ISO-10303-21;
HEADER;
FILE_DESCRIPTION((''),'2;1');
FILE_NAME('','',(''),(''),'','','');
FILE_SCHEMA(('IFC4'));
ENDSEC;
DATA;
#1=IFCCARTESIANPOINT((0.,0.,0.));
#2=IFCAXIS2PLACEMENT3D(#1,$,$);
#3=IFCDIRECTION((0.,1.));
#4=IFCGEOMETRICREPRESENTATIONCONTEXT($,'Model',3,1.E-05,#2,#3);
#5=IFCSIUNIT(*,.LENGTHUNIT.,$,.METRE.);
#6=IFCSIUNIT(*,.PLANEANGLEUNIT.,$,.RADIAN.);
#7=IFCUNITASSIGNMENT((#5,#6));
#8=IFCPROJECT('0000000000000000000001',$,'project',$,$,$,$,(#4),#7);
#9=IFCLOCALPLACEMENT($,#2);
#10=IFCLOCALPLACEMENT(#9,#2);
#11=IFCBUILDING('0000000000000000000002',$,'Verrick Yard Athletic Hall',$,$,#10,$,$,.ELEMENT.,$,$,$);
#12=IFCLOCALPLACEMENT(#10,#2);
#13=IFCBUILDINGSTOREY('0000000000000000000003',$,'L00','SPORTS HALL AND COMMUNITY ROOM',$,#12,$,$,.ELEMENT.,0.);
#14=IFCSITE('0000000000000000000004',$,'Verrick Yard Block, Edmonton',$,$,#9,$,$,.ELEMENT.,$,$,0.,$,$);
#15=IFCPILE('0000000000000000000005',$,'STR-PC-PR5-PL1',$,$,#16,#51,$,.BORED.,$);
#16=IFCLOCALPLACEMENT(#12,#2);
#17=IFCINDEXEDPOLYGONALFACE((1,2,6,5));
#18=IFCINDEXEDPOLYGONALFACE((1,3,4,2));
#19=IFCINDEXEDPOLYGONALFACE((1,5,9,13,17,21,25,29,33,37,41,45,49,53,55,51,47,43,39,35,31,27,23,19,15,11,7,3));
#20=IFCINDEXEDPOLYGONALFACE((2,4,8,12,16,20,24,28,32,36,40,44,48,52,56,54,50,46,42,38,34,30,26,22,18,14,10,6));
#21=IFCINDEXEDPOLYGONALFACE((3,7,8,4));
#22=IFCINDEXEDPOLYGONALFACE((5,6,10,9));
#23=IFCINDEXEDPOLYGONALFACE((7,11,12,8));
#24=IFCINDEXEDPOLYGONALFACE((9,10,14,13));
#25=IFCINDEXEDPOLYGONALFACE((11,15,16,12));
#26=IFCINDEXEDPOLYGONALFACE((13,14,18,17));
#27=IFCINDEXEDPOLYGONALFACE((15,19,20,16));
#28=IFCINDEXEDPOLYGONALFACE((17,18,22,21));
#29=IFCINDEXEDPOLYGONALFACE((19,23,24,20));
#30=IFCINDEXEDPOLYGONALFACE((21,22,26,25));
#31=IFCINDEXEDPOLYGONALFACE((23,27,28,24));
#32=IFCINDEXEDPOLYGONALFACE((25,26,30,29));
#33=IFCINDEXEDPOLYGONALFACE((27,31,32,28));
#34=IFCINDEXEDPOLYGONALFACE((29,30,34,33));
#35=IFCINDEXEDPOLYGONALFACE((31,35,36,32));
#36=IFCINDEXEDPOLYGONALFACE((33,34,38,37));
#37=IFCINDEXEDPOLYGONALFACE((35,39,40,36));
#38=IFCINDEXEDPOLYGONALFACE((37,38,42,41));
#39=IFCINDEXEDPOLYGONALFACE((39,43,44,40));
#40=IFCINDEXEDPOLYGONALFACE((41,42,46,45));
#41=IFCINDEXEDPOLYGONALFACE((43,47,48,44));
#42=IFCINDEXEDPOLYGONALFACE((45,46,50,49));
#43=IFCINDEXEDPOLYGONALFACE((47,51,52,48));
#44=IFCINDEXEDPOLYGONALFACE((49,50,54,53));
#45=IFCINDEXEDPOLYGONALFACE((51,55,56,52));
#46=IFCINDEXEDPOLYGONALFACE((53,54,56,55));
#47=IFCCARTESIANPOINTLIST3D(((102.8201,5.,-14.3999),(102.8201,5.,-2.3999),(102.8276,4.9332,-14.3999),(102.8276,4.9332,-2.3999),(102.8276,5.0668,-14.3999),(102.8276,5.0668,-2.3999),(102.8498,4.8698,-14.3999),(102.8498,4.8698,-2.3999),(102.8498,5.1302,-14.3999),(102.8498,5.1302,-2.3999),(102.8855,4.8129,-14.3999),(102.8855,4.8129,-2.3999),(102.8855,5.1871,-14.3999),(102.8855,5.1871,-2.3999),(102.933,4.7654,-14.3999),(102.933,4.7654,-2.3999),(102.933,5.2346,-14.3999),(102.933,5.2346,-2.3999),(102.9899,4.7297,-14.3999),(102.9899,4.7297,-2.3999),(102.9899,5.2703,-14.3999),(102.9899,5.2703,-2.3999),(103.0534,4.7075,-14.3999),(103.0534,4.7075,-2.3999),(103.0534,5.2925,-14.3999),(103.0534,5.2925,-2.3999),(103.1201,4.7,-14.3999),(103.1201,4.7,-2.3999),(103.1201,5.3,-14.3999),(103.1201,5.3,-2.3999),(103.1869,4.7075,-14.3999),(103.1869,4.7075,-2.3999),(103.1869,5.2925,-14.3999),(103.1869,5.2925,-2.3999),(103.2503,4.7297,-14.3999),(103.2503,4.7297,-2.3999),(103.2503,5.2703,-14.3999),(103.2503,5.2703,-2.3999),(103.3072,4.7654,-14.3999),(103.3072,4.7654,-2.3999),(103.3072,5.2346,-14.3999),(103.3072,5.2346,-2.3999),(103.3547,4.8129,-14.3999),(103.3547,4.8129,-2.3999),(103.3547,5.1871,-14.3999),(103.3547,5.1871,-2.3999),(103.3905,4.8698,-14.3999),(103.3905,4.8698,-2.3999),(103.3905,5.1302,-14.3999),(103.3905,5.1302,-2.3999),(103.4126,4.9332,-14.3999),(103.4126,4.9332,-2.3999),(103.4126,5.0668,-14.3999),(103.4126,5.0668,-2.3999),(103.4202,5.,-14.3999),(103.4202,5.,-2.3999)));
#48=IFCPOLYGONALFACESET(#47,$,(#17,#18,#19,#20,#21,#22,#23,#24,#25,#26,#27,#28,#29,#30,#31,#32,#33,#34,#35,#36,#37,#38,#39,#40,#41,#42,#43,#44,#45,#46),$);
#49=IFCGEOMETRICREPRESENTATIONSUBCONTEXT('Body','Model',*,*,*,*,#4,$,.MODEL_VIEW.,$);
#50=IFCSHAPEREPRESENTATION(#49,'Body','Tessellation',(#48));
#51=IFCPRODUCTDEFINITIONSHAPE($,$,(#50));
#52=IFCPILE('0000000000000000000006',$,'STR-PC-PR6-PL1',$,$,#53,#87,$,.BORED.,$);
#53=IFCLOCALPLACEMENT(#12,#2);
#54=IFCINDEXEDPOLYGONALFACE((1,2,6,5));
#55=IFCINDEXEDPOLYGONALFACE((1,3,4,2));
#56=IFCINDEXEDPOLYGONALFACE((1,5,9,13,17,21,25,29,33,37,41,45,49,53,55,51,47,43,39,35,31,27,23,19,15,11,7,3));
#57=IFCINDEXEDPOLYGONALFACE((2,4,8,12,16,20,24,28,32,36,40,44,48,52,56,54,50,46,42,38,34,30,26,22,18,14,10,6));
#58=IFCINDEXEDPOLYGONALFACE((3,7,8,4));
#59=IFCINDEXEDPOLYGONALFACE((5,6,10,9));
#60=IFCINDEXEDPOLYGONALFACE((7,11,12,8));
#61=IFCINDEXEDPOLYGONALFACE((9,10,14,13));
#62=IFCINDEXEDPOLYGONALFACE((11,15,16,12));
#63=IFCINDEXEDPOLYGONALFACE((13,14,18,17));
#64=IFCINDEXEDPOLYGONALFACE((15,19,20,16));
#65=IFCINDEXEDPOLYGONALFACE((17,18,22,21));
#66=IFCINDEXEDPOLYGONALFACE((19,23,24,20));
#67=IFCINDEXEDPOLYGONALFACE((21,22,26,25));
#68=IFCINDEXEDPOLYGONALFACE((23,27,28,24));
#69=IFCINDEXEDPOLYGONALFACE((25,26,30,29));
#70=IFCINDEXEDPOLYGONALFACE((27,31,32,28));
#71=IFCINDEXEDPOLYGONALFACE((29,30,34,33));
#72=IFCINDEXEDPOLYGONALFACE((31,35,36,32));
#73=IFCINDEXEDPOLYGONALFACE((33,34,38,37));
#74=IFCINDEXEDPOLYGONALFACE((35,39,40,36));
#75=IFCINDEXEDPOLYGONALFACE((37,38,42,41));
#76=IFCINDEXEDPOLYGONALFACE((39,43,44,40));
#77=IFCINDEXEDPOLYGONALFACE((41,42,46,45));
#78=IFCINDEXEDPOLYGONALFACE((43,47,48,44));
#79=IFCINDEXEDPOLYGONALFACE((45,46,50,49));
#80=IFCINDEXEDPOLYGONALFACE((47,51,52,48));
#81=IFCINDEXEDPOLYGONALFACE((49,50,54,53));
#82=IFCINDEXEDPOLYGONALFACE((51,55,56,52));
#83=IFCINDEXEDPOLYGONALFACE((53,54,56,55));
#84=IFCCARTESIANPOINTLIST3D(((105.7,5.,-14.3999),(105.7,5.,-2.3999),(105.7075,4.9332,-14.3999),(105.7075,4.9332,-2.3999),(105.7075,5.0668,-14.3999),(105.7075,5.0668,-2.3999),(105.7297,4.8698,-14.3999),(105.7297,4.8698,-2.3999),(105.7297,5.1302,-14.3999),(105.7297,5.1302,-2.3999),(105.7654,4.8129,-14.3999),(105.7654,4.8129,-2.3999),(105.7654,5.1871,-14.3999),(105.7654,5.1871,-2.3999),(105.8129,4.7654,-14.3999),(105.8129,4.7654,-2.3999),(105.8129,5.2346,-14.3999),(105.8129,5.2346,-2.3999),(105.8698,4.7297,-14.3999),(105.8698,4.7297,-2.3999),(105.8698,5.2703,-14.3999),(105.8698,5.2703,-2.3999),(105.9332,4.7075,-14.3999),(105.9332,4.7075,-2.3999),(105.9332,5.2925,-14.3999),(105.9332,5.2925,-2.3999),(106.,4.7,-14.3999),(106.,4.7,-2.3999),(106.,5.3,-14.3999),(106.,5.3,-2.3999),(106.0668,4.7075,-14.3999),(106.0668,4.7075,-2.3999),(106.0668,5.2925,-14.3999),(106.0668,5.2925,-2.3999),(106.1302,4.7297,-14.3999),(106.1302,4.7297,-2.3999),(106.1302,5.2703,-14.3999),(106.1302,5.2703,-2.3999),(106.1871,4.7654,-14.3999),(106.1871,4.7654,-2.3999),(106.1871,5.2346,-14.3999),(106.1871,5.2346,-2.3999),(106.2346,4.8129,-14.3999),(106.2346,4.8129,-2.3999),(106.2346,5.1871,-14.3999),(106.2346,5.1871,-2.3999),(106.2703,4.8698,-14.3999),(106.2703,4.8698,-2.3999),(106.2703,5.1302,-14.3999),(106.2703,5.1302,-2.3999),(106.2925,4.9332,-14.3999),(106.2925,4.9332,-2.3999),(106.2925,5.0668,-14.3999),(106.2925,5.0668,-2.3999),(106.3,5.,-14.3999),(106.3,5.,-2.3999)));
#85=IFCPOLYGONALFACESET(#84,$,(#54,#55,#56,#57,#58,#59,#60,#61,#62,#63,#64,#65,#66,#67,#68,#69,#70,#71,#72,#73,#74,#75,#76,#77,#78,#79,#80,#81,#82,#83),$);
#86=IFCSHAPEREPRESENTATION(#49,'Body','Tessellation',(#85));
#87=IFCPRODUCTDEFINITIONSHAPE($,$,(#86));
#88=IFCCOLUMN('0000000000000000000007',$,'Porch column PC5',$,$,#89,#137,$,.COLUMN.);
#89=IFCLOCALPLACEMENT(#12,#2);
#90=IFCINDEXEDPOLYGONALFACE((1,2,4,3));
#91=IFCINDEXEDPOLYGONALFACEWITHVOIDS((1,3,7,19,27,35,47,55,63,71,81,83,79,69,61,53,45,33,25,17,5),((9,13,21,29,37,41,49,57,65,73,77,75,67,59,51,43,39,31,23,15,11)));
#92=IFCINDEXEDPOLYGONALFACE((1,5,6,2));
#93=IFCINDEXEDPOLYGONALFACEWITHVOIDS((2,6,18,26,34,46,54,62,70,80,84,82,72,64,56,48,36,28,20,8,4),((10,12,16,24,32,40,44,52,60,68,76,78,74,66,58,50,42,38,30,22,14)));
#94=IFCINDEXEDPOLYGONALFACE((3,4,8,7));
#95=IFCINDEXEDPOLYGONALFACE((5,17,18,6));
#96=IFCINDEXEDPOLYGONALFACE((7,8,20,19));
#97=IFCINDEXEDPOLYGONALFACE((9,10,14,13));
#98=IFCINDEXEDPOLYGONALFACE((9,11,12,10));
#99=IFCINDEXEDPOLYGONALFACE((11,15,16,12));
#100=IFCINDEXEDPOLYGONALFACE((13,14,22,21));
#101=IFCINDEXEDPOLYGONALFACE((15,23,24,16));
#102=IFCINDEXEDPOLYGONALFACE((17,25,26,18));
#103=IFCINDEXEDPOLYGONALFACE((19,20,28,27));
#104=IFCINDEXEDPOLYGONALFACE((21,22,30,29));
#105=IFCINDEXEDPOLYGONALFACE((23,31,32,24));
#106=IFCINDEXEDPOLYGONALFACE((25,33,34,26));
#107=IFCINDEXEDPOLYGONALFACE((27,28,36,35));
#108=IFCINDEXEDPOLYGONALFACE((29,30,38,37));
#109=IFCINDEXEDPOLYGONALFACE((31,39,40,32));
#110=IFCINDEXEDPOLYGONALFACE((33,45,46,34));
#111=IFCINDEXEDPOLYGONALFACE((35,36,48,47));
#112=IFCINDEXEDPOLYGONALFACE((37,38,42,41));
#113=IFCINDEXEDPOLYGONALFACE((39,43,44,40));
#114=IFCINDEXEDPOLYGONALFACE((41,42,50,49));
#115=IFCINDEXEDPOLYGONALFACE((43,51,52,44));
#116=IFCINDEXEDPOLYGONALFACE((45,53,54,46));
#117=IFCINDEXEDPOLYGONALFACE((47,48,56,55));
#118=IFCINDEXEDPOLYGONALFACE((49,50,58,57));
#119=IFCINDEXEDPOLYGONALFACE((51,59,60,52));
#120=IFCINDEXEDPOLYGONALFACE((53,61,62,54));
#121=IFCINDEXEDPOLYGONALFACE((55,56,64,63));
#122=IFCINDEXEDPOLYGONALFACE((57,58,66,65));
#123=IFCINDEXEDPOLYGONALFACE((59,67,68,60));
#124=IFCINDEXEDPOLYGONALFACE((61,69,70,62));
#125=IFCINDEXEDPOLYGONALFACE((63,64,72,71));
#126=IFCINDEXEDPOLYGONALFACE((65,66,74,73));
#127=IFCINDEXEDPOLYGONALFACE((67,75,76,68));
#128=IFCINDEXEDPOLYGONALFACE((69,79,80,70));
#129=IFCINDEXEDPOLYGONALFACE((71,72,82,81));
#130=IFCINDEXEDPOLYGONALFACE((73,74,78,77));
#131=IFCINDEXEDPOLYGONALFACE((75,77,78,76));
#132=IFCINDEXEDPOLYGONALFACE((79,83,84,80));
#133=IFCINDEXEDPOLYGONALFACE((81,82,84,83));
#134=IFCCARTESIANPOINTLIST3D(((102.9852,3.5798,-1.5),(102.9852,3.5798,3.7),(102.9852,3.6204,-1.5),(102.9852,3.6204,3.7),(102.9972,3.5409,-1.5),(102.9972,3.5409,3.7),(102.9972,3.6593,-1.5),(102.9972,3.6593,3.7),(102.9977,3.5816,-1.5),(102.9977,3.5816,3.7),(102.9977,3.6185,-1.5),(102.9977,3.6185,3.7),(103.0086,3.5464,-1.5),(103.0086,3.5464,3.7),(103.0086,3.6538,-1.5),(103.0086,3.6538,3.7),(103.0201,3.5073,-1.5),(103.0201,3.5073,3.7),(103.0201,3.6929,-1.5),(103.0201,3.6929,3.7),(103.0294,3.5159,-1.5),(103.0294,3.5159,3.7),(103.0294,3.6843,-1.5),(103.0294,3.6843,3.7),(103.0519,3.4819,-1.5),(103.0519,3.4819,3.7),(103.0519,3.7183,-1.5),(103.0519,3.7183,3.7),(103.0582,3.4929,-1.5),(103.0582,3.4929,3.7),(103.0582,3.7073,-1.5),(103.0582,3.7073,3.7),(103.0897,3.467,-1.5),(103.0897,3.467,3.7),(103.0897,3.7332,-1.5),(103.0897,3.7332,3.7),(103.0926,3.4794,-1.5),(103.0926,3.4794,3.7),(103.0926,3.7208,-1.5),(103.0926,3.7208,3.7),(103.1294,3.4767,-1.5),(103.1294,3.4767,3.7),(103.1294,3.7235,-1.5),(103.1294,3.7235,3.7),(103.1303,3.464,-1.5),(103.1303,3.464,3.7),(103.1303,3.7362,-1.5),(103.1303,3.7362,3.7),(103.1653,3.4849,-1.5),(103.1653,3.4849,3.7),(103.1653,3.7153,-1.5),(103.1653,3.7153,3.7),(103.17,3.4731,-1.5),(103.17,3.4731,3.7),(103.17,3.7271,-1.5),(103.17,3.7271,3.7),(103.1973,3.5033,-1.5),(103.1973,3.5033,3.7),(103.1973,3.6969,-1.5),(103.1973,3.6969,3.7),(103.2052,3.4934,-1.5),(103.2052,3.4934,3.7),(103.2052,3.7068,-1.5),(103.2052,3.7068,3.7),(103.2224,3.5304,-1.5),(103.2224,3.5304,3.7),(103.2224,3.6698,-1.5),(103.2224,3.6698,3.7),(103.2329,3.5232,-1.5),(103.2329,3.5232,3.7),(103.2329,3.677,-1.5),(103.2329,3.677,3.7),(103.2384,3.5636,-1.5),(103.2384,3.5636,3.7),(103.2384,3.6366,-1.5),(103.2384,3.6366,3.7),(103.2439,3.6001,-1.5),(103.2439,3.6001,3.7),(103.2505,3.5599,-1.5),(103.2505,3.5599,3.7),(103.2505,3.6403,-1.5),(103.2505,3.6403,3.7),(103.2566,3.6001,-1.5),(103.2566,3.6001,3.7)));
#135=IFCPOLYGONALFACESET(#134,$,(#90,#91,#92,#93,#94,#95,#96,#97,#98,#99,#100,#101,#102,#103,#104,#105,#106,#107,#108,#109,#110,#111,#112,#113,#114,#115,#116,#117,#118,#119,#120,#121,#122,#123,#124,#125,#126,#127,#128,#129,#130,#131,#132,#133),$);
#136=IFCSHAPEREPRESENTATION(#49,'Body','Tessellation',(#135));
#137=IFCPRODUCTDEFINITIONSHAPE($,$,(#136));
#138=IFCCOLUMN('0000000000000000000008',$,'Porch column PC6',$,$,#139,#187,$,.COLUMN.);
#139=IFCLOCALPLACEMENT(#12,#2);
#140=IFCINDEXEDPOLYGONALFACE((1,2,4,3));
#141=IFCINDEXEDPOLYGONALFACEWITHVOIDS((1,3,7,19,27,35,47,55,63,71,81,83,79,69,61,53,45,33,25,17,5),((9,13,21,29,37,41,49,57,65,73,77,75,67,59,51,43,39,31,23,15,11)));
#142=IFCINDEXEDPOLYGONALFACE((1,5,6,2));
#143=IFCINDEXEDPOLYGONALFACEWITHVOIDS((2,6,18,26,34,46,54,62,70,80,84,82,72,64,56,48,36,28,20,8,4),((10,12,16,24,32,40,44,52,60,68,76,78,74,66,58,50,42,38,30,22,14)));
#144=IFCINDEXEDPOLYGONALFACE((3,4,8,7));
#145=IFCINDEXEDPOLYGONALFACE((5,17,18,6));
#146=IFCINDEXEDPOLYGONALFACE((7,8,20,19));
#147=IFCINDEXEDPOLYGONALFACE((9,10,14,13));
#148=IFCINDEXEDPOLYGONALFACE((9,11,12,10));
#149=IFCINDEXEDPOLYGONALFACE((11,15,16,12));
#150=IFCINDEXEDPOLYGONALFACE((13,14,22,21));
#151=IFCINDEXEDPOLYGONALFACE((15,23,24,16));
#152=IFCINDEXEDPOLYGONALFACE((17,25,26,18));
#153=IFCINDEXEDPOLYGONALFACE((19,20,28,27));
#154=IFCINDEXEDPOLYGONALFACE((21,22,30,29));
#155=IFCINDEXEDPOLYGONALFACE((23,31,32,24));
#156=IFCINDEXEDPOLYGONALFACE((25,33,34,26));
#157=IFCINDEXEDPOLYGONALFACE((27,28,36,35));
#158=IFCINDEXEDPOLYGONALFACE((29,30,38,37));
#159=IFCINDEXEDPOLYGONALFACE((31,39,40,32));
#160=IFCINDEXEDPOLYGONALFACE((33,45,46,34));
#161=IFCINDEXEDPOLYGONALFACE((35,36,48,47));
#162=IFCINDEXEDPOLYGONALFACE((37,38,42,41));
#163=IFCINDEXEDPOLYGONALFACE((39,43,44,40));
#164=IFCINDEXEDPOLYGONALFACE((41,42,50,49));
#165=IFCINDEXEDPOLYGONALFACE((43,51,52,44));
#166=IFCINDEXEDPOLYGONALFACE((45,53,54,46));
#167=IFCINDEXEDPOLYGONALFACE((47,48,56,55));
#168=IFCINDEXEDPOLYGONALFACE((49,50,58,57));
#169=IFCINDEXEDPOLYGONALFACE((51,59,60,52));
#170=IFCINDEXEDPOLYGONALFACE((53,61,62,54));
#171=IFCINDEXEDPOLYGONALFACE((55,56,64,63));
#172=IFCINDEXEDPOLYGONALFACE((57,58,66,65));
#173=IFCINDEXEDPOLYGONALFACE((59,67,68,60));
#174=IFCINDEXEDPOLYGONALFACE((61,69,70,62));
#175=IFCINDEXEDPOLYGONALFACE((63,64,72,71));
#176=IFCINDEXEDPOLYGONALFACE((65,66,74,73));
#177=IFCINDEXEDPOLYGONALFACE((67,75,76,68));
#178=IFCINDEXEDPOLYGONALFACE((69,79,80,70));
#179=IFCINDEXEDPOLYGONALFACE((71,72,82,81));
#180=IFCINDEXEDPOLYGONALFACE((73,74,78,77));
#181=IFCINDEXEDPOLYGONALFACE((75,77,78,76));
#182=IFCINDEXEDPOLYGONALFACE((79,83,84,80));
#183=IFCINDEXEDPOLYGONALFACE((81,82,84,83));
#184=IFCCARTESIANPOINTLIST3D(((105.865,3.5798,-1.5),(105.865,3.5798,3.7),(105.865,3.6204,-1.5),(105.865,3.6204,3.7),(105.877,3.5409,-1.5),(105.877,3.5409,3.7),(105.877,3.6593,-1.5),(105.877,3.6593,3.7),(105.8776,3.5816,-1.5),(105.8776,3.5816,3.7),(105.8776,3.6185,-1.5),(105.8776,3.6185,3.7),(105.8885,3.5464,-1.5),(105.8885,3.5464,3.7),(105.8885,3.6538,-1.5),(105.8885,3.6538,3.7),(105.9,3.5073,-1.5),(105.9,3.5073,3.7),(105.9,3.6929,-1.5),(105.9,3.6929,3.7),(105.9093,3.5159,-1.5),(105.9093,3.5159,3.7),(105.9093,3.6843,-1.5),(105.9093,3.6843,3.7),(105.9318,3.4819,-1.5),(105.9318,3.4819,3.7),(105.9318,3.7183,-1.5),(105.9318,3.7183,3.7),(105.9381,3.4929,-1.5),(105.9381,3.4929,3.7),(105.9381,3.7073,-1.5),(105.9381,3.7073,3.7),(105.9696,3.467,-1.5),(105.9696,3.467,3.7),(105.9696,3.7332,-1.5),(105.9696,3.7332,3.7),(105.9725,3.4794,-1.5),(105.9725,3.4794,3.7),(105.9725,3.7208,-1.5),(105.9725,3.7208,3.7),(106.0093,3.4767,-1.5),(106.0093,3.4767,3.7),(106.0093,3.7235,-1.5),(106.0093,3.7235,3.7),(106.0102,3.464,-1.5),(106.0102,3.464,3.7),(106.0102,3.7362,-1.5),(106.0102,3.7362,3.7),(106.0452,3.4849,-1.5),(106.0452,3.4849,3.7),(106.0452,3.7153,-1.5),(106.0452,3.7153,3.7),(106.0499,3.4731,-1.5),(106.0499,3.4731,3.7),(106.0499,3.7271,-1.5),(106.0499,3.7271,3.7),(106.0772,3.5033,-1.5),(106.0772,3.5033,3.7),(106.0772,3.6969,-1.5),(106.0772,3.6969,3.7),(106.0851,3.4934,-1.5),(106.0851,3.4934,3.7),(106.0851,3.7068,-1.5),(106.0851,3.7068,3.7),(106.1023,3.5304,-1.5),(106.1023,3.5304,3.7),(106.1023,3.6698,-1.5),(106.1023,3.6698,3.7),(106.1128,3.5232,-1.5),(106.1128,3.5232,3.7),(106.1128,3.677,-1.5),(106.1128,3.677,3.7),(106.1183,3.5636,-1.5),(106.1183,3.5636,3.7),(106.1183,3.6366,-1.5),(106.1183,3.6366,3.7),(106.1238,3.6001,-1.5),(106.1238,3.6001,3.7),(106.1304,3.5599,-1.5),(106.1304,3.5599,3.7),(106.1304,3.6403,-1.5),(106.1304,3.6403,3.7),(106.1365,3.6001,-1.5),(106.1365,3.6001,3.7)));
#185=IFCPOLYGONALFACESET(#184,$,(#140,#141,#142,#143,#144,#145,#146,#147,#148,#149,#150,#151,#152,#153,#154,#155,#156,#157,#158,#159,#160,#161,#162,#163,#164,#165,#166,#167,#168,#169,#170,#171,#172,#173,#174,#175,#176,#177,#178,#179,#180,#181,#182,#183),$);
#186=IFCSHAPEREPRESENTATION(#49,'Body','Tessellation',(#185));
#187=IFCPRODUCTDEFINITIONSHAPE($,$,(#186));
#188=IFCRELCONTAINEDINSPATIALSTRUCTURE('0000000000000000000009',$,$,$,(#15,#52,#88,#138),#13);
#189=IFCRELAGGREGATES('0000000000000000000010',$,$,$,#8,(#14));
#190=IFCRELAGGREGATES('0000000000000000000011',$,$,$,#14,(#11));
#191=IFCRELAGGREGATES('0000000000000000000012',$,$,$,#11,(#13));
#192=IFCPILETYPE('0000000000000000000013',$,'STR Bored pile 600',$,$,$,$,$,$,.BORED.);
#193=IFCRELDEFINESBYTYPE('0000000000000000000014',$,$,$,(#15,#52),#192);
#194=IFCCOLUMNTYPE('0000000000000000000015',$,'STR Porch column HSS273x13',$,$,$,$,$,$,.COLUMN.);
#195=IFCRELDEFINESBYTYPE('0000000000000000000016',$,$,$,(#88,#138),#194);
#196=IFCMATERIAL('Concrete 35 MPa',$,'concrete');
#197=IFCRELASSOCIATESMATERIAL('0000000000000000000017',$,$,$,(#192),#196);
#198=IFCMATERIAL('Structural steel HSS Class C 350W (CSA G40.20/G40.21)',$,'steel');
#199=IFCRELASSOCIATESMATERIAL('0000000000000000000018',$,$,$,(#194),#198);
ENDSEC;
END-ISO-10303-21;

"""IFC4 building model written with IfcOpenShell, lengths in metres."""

from ifc_helpers import new_model, si_unit, direction, frame, origin, origin_2d, place, context, subcontext, project, spatial, circle, hollow_circle, extrude, material, material_profile, profile_set, type_object, element, save


model = new_model("IFC4")

# Units and contexts
model_context = context("Model", 3, precision=1e-05, world=origin(), true_north=direction((0.0, 1.0)))
body_context = subcontext(model_context, "Body", "Model", "MODEL_VIEW")
ifc_project = project(units=[si_unit("LENGTHUNIT", "METRE"), si_unit("PLANEANGLEUNIT", "RADIAN")], contexts=[model_context])

# Site, building, storey
site_placement = place(None, origin())
site = spatial("IfcSite", under=ifc_project, at=site_placement, Name="Verrick Yard Block, Edmonton", CompositionType="ELEMENT", RefElevation=0.0)
building_placement = place(site_placement, origin())
building = spatial("IfcBuilding", under=site, at=building_placement, Name="Verrick Yard Athletic Hall", CompositionType="ELEMENT")
storey_placement = place(building_placement, origin())
storey = spatial("IfcBuildingStorey", under=building, at=storey_placement, Name="L00", Description="SPORTS HALL AND COMMUNITY ROOM", CompositionType="ELEMENT", Elevation=0.0)

# Piles
ifc_material_1 = material(Name="Concrete 35 MPa", Category="concrete")
pile_type = type_object("IfcPileType", Name="STR Bored pile 600", PredefinedType="BORED", material=ifc_material_1)
for number, where, z_axis, x_axis, name in (
    (1, (103.1201, 5.0, -2.3999), (0.0, 0.0, -1.0), (1.0, 0.0, 0.0), "STR-PC-PR5-PL1"),
    (2, (106.0, 5.0, -2.3999), (0.0, 0.0, -1.0), (1.0, 0.0, 0.0), "STR-PC-PR6-PL1"),
):
    element("IfcPile", number, at=place(storey_placement, frame(where, z_axis=z_axis, x_axis=x_axis)), inside=storey, type_object=pile_type, Name=name, PredefinedType="BORED", context=body_context, shape_type="SweptSolid", body=[
        extrude(circle(Radius=0.3, at=origin_2d()), origin(), (0.0, 0.0, 1.0), 12.0),
    ])

# Columns
ifc_material_2 = material(Name="Structural steel HSS Class C 350W (CSA G40.20/G40.21)", Category="steel")
ifc_material_profile_1 = material_profile(ifc_material_2, hollow_circle(Radius=0.1365, WallThickness=0.0127, at=origin_2d()), Name="HSS273x13")
ifc_profile_set_1 = profile_set([ifc_material_profile_1], Name="Structural steel HSS Class C 350W (CSA G40.20/G40.21)")
column_type_1 = type_object("IfcColumnType", Name="STR Porch column HSS273x13", PredefinedType="COLUMN", material=ifc_profile_set_1)
for number, where, z_axis, x_axis, name in (
    (3, (103.1201, 3.6001, -1.5), (0.0, 0.0, 1.0), (1.0, 0.0, 0.0), "Porch column PC5"),
    (4, (106.0, 3.6001, -1.5), (0.0, 0.0, 1.0), (1.0, 0.0, 0.0), "Porch column PC6"),
):
    element("IfcColumn", number, at=place(storey_placement, frame(where, z_axis=z_axis, x_axis=x_axis)), inside=storey, type_object=column_type_1, Name=name, PredefinedType="COLUMN", context=body_context, shape_type="SweptSolid", body=[
        extrude(hollow_circle(Radius=0.1365, WallThickness=0.0127, at=origin_2d()), origin(), (0.0, 0.0, 1.0), 5.2),
    ])

save(model, "model.ifc")
